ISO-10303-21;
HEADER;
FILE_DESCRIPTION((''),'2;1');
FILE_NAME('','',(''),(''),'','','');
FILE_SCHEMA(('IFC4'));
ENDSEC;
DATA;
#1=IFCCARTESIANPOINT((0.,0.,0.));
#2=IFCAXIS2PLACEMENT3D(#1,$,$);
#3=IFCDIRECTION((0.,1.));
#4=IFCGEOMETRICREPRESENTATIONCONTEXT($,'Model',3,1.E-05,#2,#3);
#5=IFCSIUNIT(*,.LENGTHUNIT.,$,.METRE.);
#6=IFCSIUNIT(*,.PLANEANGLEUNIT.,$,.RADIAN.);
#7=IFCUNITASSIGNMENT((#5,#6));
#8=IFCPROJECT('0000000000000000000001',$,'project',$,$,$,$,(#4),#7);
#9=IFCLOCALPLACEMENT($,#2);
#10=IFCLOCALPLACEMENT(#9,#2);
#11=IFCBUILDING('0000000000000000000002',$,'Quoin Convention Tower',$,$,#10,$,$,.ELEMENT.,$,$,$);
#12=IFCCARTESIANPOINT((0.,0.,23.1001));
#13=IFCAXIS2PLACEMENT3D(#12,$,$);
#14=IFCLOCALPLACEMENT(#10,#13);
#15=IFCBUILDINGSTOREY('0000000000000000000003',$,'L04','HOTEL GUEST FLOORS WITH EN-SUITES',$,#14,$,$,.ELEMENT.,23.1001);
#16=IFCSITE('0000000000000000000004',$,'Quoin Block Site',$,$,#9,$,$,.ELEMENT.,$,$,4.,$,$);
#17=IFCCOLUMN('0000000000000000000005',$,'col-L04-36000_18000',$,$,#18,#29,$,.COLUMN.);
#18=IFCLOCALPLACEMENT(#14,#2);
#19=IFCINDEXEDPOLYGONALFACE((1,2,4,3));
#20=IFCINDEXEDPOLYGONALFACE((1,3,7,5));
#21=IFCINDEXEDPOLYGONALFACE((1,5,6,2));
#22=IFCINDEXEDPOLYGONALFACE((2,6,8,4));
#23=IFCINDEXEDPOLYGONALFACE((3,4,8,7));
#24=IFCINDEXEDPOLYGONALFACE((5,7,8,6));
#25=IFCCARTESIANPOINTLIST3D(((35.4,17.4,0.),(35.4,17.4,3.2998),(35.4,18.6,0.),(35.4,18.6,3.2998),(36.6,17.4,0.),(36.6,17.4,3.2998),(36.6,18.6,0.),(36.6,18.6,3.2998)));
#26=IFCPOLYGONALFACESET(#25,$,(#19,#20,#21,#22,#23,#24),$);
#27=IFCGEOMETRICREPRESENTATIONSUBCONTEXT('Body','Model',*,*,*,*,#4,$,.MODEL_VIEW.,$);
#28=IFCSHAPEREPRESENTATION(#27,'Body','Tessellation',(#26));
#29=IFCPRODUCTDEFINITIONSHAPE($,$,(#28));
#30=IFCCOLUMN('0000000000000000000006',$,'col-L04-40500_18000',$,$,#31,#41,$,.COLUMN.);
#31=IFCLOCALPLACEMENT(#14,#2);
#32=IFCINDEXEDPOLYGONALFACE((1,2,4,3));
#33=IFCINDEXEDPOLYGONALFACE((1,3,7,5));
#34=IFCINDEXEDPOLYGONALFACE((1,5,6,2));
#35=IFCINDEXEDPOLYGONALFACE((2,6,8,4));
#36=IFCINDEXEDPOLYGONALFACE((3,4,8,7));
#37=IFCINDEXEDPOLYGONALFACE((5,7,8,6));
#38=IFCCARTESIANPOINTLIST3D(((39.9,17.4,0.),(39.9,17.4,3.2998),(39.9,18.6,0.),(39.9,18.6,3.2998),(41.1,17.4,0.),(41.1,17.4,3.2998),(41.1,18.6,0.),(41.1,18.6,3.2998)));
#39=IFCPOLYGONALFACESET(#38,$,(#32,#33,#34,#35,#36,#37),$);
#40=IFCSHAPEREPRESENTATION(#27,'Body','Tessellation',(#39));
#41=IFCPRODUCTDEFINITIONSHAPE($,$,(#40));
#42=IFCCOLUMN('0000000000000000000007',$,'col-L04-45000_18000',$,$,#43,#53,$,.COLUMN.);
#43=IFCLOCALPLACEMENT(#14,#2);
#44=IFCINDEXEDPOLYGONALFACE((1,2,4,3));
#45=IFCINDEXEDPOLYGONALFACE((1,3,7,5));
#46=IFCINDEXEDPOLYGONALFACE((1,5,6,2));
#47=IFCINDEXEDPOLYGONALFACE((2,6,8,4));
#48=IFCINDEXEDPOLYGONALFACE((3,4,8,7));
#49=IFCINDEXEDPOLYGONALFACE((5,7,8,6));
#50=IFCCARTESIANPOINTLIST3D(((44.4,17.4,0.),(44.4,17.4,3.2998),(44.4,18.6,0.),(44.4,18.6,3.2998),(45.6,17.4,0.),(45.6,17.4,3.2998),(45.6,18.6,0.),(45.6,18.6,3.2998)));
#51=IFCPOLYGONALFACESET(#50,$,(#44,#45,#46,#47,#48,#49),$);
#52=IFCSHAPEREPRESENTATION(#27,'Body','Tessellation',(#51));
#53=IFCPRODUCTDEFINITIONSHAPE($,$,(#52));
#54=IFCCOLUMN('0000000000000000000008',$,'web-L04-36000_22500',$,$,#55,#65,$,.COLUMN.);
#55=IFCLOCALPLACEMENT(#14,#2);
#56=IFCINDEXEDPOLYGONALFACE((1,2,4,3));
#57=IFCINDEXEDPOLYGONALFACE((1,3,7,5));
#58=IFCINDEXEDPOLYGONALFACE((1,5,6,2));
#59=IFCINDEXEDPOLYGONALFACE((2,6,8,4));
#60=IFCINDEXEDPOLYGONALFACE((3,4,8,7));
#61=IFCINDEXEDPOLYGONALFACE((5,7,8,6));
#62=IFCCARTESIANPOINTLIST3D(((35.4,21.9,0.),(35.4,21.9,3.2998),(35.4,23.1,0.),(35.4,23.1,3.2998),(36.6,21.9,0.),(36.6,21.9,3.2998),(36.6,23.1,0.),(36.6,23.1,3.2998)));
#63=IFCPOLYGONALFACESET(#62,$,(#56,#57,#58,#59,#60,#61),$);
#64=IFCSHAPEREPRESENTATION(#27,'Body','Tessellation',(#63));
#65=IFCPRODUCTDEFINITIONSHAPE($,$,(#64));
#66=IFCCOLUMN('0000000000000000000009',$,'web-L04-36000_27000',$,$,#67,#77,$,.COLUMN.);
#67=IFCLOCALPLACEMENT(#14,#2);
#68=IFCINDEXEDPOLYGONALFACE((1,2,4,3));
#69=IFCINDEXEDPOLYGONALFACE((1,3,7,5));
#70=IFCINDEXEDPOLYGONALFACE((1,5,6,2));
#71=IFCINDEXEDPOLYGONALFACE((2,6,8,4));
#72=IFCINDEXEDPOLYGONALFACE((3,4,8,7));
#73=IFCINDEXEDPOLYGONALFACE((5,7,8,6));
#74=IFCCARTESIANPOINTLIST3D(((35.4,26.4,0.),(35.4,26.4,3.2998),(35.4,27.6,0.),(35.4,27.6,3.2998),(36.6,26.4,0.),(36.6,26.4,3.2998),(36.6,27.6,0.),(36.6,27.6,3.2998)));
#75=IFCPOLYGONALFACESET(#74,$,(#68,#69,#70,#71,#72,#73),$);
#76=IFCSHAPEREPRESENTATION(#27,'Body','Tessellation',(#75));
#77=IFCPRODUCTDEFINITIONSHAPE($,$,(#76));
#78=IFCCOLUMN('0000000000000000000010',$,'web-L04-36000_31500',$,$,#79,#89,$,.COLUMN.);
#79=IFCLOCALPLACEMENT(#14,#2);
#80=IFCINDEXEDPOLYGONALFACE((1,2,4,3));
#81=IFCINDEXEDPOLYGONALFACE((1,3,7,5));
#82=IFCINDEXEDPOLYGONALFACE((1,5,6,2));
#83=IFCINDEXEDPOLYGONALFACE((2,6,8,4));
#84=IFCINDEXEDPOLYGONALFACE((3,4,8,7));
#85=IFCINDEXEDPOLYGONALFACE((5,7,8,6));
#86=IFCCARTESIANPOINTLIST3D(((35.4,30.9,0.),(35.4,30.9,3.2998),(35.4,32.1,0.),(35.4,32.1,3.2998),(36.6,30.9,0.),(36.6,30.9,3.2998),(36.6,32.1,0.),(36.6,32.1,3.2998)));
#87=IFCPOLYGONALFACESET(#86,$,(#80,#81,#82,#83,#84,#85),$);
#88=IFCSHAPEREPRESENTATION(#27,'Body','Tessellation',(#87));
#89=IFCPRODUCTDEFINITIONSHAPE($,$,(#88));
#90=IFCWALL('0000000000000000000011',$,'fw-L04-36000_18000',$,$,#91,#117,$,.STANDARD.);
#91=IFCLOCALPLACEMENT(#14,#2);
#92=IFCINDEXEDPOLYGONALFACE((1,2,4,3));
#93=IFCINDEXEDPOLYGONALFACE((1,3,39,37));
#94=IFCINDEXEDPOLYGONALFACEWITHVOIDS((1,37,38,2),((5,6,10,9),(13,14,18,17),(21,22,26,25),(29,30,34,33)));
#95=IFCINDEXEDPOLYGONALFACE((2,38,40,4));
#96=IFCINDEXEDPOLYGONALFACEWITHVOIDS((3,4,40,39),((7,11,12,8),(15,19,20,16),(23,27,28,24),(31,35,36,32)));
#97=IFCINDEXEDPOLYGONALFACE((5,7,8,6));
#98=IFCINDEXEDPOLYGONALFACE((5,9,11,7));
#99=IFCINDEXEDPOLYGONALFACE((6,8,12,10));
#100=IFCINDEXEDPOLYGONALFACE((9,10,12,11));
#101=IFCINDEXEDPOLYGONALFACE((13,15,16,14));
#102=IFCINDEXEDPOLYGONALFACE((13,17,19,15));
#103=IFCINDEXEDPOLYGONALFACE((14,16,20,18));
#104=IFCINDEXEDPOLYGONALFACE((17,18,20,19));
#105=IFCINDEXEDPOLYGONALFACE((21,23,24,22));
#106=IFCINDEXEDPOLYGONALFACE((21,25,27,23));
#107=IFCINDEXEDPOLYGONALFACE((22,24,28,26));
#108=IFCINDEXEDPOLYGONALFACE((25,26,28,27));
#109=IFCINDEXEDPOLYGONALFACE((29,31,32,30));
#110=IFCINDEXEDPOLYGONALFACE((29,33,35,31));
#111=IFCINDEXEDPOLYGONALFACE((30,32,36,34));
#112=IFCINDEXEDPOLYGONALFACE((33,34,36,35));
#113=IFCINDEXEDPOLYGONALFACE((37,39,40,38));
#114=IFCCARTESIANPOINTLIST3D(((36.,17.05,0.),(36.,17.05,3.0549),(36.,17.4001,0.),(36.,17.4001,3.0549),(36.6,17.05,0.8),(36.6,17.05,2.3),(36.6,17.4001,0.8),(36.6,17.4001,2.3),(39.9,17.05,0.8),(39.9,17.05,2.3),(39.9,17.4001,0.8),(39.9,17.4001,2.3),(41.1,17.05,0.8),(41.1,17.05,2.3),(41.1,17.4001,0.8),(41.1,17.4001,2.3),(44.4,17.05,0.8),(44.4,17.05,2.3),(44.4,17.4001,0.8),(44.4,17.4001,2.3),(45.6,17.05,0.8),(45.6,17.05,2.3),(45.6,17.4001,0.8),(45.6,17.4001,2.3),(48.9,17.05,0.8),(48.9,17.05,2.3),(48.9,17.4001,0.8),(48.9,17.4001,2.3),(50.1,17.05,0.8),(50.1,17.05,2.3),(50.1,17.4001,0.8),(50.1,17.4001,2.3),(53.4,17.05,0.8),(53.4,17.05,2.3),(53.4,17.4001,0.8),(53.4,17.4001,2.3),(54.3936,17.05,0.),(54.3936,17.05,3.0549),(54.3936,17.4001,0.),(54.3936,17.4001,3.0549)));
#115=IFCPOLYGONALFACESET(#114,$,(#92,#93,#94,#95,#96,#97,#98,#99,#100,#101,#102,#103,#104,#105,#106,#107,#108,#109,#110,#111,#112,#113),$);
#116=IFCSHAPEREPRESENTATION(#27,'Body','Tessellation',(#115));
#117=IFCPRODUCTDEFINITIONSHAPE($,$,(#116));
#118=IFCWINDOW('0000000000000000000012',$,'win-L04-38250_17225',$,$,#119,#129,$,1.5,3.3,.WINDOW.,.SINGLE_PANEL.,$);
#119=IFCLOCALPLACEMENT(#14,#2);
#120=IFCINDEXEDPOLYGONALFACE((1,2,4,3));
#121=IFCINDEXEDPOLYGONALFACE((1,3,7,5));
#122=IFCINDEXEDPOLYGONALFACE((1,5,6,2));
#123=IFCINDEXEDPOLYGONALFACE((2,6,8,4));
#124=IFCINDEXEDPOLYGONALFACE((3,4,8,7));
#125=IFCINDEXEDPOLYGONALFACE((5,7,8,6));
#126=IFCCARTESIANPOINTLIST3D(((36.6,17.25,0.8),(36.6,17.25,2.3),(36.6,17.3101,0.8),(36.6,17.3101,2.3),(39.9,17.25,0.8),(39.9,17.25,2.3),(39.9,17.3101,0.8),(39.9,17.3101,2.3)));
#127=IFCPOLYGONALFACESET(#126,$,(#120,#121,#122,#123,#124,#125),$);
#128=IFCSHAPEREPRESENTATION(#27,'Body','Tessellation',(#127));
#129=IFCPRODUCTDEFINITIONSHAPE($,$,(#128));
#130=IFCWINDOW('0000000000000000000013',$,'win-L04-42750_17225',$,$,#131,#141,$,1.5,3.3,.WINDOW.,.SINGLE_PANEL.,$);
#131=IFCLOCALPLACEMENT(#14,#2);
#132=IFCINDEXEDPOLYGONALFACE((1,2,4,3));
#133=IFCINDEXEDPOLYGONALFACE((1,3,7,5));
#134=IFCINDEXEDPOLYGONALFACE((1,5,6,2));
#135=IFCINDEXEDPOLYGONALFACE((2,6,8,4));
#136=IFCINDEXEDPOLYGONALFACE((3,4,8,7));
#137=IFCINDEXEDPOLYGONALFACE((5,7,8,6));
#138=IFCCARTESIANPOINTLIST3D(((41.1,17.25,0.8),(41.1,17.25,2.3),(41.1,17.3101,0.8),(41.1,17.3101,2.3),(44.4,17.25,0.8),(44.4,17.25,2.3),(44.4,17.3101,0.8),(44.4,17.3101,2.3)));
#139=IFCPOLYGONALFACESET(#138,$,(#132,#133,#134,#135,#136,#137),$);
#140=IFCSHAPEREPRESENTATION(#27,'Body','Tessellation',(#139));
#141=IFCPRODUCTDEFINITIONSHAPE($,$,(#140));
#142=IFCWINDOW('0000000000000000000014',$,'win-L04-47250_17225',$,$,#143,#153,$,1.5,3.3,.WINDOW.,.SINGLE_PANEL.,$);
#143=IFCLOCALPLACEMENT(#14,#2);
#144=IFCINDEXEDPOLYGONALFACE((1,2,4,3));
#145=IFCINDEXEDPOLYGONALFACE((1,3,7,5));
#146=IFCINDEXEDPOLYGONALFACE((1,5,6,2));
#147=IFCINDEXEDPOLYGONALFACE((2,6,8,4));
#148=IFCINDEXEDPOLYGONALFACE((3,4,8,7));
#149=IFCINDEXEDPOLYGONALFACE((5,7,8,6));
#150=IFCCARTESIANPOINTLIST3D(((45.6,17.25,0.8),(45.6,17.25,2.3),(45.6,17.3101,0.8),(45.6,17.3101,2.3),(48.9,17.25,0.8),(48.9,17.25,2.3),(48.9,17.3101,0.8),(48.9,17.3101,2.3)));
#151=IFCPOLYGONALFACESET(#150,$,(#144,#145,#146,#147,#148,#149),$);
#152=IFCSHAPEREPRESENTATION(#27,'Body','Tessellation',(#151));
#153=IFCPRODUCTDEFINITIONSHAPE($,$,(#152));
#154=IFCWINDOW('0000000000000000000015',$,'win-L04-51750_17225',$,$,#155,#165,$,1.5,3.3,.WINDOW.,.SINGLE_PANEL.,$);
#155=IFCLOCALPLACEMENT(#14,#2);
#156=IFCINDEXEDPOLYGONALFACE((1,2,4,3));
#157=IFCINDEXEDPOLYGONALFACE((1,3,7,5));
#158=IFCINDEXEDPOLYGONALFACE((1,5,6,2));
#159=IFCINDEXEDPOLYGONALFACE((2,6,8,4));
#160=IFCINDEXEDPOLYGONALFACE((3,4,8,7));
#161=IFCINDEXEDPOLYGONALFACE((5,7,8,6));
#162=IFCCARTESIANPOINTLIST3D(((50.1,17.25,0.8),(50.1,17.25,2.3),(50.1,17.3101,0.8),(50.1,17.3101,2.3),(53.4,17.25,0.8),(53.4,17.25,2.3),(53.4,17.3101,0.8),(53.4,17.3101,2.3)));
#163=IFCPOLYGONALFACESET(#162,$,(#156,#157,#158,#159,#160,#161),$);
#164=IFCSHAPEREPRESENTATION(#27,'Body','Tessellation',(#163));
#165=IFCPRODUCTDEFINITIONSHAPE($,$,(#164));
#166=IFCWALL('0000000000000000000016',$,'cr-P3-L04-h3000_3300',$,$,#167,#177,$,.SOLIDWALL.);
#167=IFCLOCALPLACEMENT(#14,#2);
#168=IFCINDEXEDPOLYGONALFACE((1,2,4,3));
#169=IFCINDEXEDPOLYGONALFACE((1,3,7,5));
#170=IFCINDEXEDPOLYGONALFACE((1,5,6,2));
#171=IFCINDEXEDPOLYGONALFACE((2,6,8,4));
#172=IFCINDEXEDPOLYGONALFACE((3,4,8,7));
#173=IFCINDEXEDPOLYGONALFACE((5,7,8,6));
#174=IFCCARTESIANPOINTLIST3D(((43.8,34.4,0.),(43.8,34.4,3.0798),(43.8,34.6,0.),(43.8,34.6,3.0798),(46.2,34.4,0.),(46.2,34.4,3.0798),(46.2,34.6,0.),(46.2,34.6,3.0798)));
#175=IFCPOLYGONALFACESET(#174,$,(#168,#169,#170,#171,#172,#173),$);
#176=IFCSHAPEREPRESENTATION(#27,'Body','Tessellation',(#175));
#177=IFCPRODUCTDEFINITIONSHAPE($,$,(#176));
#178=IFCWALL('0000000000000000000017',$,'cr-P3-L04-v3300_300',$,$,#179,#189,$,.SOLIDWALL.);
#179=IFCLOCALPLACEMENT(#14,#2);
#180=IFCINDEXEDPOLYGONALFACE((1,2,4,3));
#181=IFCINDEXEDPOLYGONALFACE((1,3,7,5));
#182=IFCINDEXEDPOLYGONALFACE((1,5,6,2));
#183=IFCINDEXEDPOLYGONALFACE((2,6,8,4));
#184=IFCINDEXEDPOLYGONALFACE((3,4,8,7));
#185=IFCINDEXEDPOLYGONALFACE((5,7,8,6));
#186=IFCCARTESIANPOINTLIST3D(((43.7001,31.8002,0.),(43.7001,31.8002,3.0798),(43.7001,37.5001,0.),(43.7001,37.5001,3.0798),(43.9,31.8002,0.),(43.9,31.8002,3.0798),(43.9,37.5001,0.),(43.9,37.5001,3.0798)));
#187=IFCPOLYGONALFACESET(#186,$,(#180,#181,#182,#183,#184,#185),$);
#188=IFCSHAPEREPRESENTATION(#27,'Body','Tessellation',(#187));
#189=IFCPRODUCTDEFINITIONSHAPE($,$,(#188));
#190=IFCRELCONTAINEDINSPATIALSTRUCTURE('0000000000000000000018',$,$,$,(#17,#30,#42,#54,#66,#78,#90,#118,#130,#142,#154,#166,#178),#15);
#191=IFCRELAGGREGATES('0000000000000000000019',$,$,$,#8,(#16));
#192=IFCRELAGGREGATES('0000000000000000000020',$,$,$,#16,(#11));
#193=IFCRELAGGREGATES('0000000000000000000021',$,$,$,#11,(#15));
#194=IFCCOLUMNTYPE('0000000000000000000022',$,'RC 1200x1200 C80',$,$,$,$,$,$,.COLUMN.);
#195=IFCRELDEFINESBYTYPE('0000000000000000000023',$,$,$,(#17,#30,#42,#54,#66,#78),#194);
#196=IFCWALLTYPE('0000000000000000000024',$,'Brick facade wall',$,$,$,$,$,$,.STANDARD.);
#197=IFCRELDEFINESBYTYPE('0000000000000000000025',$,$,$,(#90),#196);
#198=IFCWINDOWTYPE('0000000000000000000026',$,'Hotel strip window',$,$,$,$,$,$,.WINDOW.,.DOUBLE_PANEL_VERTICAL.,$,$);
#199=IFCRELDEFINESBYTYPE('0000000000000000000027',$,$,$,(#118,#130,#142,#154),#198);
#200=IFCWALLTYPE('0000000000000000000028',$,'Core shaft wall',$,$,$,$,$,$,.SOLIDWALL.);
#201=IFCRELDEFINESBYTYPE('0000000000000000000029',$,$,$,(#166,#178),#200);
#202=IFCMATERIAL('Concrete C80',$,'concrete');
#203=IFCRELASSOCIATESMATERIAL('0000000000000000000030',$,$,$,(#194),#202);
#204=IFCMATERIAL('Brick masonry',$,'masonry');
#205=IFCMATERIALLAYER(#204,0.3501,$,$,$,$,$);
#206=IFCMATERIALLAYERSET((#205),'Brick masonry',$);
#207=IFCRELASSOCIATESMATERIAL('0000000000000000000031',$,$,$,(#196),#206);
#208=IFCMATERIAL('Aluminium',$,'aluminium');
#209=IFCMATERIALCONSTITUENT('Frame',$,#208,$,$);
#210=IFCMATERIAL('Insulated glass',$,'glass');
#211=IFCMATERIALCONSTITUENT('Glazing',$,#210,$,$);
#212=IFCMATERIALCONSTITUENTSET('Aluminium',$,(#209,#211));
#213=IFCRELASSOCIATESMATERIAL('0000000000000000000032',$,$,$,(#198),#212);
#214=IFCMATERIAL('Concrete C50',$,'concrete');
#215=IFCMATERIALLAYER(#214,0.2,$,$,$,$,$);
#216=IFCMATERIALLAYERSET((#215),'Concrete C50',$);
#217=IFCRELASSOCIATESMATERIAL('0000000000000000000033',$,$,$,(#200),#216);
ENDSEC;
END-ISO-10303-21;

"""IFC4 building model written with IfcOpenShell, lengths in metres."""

from ifc_helpers import new_model, si_unit, direction, frame, frame_2d, origin, origin_2d, place, context, subcontext, project, spatial, rectangle, extrude, material, layer, layer_set, constituent, constituent_set, material_profile, profile_set, type_object, element, fill, save


model = new_model("IFC4")

# Units and contexts
model_context = context("Model", 3, precision=1e-05, world=origin(), true_north=direction((0.0, 1.0)))
body_context = subcontext(model_context, "Body", "Model", "MODEL_VIEW")
ifc_project = project(units=[si_unit("LENGTHUNIT", "METRE"), si_unit("PLANEANGLEUNIT", "RADIAN")], contexts=[model_context])

# Site, building, storey
site_placement = place(None, origin())
site = spatial("IfcSite", under=ifc_project, at=site_placement, Name="Quoin Block Site", CompositionType="ELEMENT", RefElevation=4.0)
building_placement = place(site_placement, origin())
building = spatial("IfcBuilding", under=site, at=building_placement, Name="Quoin Convention Tower", CompositionType="ELEMENT")
storey_placement = place(building_placement, frame((0.0, 0.0, 23.1001)))
storey = spatial("IfcBuildingStorey", under=building, at=storey_placement, Name="L04", Description="HOTEL GUEST FLOORS WITH EN-SUITES", CompositionType="ELEMENT", Elevation=23.1001)

# Columns
ifc_material_1 = material(Name="Concrete C80", Category="concrete")
ifc_material_profile = material_profile(ifc_material_1, rectangle(XDim=1.2, YDim=1.2, at=origin_2d()), Name="RC 1200x1200")
ifc_profile_set = profile_set([ifc_material_profile], Name="Concrete C80")
column_type = type_object("IfcColumnType", Name="RC 1200x1200 C80", PredefinedType="COLUMN", material=ifc_profile_set)
for number, where, z_axis, x_axis, name in (
    (1, (36.0, 18.0, 0.0), (0.0, 0.0, 1.0), (1.0, 0.0, 0.0), "col-L04-36000_18000"),
    (2, (40.5, 18.0, 0.0), (0.0, 0.0, 1.0), (1.0, 0.0, 0.0), "col-L04-40500_18000"),
    (3, (45.0, 18.0, 0.0), (0.0, 0.0, 1.0), (1.0, 0.0, 0.0), "col-L04-45000_18000"),
    (4, (36.0, 22.5, 0.0), (0.0, 0.0, 1.0), (1.0, 0.0, 0.0), "web-L04-36000_22500"),
    (5, (36.0, 27.0, 0.0), (0.0, 0.0, 1.0), (1.0, 0.0, 0.0), "web-L04-36000_27000"),
    (6, (36.0, 31.5, 0.0), (0.0, 0.0, 1.0), (1.0, 0.0, 0.0), "web-L04-36000_31500"),
):
    element("IfcColumn", number, at=place(storey_placement, frame(where, z_axis=z_axis, x_axis=x_axis)), inside=storey, type_object=column_type, Name=name, PredefinedType="COLUMN", context=body_context, shape_type="SweptSolid", body=[
        extrude(rectangle(XDim=1.2, YDim=1.2, at=origin_2d()), origin(), (0.0, 0.0, 1.0), 3.2998),
    ])

# Wall, openings, windows
ifc_material_2 = material(Name="Brick masonry", Category="masonry")
ifc_layer_1 = layer(ifc_material_2, 0.3501)
ifc_layer_set_1 = layer_set([ifc_layer_1], Name="Brick masonry")
wall_type_1 = type_object("IfcWallType", Name="Brick facade wall", PredefinedType="STANDARD", material=ifc_layer_set_1)
wall_1_placement = place(storey_placement, frame((36.0, 17.2251, 0.0), z_axis=(0.0, 0.0, 1.0), x_axis=(1.0, 0.0, 0.0)))
wall_1 = element("IfcWall", 7, at=wall_1_placement, inside=storey, type_object=wall_type_1, Name="fw-L04-36000_18000", PredefinedType="STANDARD", context=body_context, shape_type="SweptSolid", body=[
    extrude(rectangle(XDim=18.3936, YDim=0.3501, at=frame_2d((9.1968, 0.0))), origin(), (0.0, 0.0, 1.0), 3.0549),
])
opening_1_placement = place(wall_1_placement, frame((0.6001, 0.0, 0.8)))
opening_1 = element("IfcOpeningElement", 8, at=opening_1_placement, cuts=wall_1, PredefinedType="OPENING", context=body_context, shape_type="SweptSolid", body=[
    extrude(rectangle(XDim=3.3, YDim=1.5, at=frame_2d((1.6499, 0.75))), frame((0.0, 0.1851, 0.0), z_axis=(0.0, -1.0, 0.0), x_axis=(1.0, 0.0, 0.0)), (0.0, 0.0, 1.0), 0.3701),
])
opening_2_placement = place(wall_1_placement, frame((5.1001, 0.0, 0.8)))
opening_2 = element("IfcOpeningElement", 9, at=opening_2_placement, cuts=wall_1, PredefinedType="OPENING", context=body_context, shape_type="SweptSolid", body=[
    extrude(rectangle(XDim=3.3, YDim=1.5, at=frame_2d((1.6499, 0.75))), frame((0.0, 0.1851, 0.0), z_axis=(0.0, -1.0, 0.0), x_axis=(1.0, 0.0, 0.0)), (0.0, 0.0, 1.0), 0.3701),
])
opening_3_placement = place(wall_1_placement, frame((9.6001, 0.0, 0.8)))
opening_3 = element("IfcOpeningElement", 10, at=opening_3_placement, cuts=wall_1, PredefinedType="OPENING", context=body_context, shape_type="SweptSolid", body=[
    extrude(rectangle(XDim=3.3, YDim=1.5, at=frame_2d((1.6499, 0.75))), frame((0.0, 0.1851, 0.0), z_axis=(0.0, -1.0, 0.0), x_axis=(1.0, 0.0, 0.0)), (0.0, 0.0, 1.0), 0.3701),
])
opening_4_placement = place(wall_1_placement, frame((14.1001, 0.0, 0.8)))
opening_4 = element("IfcOpeningElement", 11, at=opening_4_placement, cuts=wall_1, PredefinedType="OPENING", context=body_context, shape_type="SweptSolid", body=[
    extrude(rectangle(XDim=3.3, YDim=1.5, at=frame_2d((1.6499, 0.75))), frame((0.0, 0.1851, 0.0), z_axis=(0.0, -1.0, 0.0), x_axis=(1.0, 0.0, 0.0)), (0.0, 0.0, 1.0), 0.3701),
])
ifc_material_3 = material(Name="Aluminium", Category="aluminium")
ifc_constituent_1 = constituent(ifc_material_3, Name="Frame")
ifc_material_4 = material(Name="Insulated glass", Category="glass")
ifc_constituent_2 = constituent(ifc_material_4, Name="Glazing")
ifc_constituent_set = constituent_set(constituents=[ifc_constituent_1, ifc_constituent_2], Name="Aluminium")
window_type = type_object("IfcWindowType", Name="Hotel strip window", PartitioningType="DOUBLE_PANEL_VERTICAL", PredefinedType="WINDOW", material=ifc_constituent_set)
window_1_placement = place(opening_1_placement, origin())
window_1 = element("IfcWindow", 12, at=window_1_placement, inside=storey, type_object=window_type, Name="win-L04-38250_17225", OverallHeight=1.5, OverallWidth=3.3, PartitioningType="SINGLE_PANEL", PredefinedType="WINDOW", context=body_context, shape_type="SweptSolid", body=[
    extrude(rectangle(XDim=3.3, YDim=1.5, at=frame_2d((1.6499, 0.75))), frame((0.0, 0.085, 0.0), z_axis=(0.0, -1.0, 0.0), x_axis=(1.0, 0.0, 0.0)), (0.0, 0.0, 1.0), 0.0601),
])
fill(opening_1, window_1)
window_2_placement = place(opening_2_placement, origin())
window_2 = element("IfcWindow", 13, at=window_2_placement, inside=storey, type_object=window_type, Name="win-L04-42750_17225", OverallHeight=1.5, OverallWidth=3.3, PartitioningType="SINGLE_PANEL", PredefinedType="WINDOW", context=body_context, shape_type="SweptSolid", body=[
    extrude(rectangle(XDim=3.3, YDim=1.5, at=frame_2d((1.6499, 0.75))), frame((0.0, 0.085, 0.0), z_axis=(0.0, -1.0, 0.0), x_axis=(1.0, 0.0, 0.0)), (0.0, 0.0, 1.0), 0.0601),
])
fill(opening_2, window_2)
window_3_placement = place(opening_3_placement, origin())
window_3 = element("IfcWindow", 14, at=window_3_placement, inside=storey, type_object=window_type, Name="win-L04-47250_17225", OverallHeight=1.5, OverallWidth=3.3, PartitioningType="SINGLE_PANEL", PredefinedType="WINDOW", context=body_context, shape_type="SweptSolid", body=[
    extrude(rectangle(XDim=3.3, YDim=1.5, at=frame_2d((1.6499, 0.75))), frame((0.0, 0.085, 0.0), z_axis=(0.0, -1.0, 0.0), x_axis=(1.0, 0.0, 0.0)), (0.0, 0.0, 1.0), 0.0601),
])
fill(opening_3, window_3)
window_4_placement = place(opening_4_placement, origin())
window_4 = element("IfcWindow", 15, at=window_4_placement, inside=storey, type_object=window_type, Name="win-L04-51750_17225", OverallHeight=1.5, OverallWidth=3.3, PartitioningType="SINGLE_PANEL", PredefinedType="WINDOW", context=body_context, shape_type="SweptSolid", body=[
    extrude(rectangle(XDim=3.3, YDim=1.5, at=frame_2d((1.6499, 0.75))), frame((0.0, 0.085, 0.0), z_axis=(0.0, -1.0, 0.0), x_axis=(1.0, 0.0, 0.0)), (0.0, 0.0, 1.0), 0.0601),
])
fill(opening_4, window_4)

# Walls
ifc_material_5 = material(Name="Concrete C50", Category="concrete")
ifc_layer_2 = layer(ifc_material_5, 0.2)
ifc_layer_set_2 = layer_set([ifc_layer_2], Name="Concrete C50")
wall_type_2 = type_object("IfcWallType", Name="Core shaft wall", PredefinedType="SOLIDWALL", material=ifc_layer_set_2)
wall_2_placement = place(storey_placement, frame((43.8, 34.5, 0.0), z_axis=(0.0, 0.0, 1.0), x_axis=(1.0, 0.0, 0.0)))
element("IfcWall", 16, at=wall_2_placement, inside=storey, type_object=wall_type_2, Name="cr-P3-L04-h3000_3300", PredefinedType="SOLIDWALL", context=body_context, shape_type="SweptSolid", body=[
    extrude(rectangle(XDim=2.3999, YDim=0.2, at=frame_2d((1.2, 0.0))), origin(), (0.0, 0.0, 1.0), 3.0798),
])
wall_3_placement = place(storey_placement, frame((43.8, 31.8, 0.0), z_axis=(0.0, 0.0, 1.0), x_axis=(0.0, 1.0, 0.0)))
element("IfcWall", 17, at=wall_3_placement, inside=storey, type_object=wall_type_2, Name="cr-P3-L04-v3300_300", PredefinedType="SOLIDWALL", context=body_context, shape_type="SweptSolid", body=[
    extrude(rectangle(XDim=5.7, YDim=0.2, at=frame_2d((2.8501, 0.0))), origin(), (0.0, 0.0, 1.0), 3.0798),
])

save(model, "model.ifc")
